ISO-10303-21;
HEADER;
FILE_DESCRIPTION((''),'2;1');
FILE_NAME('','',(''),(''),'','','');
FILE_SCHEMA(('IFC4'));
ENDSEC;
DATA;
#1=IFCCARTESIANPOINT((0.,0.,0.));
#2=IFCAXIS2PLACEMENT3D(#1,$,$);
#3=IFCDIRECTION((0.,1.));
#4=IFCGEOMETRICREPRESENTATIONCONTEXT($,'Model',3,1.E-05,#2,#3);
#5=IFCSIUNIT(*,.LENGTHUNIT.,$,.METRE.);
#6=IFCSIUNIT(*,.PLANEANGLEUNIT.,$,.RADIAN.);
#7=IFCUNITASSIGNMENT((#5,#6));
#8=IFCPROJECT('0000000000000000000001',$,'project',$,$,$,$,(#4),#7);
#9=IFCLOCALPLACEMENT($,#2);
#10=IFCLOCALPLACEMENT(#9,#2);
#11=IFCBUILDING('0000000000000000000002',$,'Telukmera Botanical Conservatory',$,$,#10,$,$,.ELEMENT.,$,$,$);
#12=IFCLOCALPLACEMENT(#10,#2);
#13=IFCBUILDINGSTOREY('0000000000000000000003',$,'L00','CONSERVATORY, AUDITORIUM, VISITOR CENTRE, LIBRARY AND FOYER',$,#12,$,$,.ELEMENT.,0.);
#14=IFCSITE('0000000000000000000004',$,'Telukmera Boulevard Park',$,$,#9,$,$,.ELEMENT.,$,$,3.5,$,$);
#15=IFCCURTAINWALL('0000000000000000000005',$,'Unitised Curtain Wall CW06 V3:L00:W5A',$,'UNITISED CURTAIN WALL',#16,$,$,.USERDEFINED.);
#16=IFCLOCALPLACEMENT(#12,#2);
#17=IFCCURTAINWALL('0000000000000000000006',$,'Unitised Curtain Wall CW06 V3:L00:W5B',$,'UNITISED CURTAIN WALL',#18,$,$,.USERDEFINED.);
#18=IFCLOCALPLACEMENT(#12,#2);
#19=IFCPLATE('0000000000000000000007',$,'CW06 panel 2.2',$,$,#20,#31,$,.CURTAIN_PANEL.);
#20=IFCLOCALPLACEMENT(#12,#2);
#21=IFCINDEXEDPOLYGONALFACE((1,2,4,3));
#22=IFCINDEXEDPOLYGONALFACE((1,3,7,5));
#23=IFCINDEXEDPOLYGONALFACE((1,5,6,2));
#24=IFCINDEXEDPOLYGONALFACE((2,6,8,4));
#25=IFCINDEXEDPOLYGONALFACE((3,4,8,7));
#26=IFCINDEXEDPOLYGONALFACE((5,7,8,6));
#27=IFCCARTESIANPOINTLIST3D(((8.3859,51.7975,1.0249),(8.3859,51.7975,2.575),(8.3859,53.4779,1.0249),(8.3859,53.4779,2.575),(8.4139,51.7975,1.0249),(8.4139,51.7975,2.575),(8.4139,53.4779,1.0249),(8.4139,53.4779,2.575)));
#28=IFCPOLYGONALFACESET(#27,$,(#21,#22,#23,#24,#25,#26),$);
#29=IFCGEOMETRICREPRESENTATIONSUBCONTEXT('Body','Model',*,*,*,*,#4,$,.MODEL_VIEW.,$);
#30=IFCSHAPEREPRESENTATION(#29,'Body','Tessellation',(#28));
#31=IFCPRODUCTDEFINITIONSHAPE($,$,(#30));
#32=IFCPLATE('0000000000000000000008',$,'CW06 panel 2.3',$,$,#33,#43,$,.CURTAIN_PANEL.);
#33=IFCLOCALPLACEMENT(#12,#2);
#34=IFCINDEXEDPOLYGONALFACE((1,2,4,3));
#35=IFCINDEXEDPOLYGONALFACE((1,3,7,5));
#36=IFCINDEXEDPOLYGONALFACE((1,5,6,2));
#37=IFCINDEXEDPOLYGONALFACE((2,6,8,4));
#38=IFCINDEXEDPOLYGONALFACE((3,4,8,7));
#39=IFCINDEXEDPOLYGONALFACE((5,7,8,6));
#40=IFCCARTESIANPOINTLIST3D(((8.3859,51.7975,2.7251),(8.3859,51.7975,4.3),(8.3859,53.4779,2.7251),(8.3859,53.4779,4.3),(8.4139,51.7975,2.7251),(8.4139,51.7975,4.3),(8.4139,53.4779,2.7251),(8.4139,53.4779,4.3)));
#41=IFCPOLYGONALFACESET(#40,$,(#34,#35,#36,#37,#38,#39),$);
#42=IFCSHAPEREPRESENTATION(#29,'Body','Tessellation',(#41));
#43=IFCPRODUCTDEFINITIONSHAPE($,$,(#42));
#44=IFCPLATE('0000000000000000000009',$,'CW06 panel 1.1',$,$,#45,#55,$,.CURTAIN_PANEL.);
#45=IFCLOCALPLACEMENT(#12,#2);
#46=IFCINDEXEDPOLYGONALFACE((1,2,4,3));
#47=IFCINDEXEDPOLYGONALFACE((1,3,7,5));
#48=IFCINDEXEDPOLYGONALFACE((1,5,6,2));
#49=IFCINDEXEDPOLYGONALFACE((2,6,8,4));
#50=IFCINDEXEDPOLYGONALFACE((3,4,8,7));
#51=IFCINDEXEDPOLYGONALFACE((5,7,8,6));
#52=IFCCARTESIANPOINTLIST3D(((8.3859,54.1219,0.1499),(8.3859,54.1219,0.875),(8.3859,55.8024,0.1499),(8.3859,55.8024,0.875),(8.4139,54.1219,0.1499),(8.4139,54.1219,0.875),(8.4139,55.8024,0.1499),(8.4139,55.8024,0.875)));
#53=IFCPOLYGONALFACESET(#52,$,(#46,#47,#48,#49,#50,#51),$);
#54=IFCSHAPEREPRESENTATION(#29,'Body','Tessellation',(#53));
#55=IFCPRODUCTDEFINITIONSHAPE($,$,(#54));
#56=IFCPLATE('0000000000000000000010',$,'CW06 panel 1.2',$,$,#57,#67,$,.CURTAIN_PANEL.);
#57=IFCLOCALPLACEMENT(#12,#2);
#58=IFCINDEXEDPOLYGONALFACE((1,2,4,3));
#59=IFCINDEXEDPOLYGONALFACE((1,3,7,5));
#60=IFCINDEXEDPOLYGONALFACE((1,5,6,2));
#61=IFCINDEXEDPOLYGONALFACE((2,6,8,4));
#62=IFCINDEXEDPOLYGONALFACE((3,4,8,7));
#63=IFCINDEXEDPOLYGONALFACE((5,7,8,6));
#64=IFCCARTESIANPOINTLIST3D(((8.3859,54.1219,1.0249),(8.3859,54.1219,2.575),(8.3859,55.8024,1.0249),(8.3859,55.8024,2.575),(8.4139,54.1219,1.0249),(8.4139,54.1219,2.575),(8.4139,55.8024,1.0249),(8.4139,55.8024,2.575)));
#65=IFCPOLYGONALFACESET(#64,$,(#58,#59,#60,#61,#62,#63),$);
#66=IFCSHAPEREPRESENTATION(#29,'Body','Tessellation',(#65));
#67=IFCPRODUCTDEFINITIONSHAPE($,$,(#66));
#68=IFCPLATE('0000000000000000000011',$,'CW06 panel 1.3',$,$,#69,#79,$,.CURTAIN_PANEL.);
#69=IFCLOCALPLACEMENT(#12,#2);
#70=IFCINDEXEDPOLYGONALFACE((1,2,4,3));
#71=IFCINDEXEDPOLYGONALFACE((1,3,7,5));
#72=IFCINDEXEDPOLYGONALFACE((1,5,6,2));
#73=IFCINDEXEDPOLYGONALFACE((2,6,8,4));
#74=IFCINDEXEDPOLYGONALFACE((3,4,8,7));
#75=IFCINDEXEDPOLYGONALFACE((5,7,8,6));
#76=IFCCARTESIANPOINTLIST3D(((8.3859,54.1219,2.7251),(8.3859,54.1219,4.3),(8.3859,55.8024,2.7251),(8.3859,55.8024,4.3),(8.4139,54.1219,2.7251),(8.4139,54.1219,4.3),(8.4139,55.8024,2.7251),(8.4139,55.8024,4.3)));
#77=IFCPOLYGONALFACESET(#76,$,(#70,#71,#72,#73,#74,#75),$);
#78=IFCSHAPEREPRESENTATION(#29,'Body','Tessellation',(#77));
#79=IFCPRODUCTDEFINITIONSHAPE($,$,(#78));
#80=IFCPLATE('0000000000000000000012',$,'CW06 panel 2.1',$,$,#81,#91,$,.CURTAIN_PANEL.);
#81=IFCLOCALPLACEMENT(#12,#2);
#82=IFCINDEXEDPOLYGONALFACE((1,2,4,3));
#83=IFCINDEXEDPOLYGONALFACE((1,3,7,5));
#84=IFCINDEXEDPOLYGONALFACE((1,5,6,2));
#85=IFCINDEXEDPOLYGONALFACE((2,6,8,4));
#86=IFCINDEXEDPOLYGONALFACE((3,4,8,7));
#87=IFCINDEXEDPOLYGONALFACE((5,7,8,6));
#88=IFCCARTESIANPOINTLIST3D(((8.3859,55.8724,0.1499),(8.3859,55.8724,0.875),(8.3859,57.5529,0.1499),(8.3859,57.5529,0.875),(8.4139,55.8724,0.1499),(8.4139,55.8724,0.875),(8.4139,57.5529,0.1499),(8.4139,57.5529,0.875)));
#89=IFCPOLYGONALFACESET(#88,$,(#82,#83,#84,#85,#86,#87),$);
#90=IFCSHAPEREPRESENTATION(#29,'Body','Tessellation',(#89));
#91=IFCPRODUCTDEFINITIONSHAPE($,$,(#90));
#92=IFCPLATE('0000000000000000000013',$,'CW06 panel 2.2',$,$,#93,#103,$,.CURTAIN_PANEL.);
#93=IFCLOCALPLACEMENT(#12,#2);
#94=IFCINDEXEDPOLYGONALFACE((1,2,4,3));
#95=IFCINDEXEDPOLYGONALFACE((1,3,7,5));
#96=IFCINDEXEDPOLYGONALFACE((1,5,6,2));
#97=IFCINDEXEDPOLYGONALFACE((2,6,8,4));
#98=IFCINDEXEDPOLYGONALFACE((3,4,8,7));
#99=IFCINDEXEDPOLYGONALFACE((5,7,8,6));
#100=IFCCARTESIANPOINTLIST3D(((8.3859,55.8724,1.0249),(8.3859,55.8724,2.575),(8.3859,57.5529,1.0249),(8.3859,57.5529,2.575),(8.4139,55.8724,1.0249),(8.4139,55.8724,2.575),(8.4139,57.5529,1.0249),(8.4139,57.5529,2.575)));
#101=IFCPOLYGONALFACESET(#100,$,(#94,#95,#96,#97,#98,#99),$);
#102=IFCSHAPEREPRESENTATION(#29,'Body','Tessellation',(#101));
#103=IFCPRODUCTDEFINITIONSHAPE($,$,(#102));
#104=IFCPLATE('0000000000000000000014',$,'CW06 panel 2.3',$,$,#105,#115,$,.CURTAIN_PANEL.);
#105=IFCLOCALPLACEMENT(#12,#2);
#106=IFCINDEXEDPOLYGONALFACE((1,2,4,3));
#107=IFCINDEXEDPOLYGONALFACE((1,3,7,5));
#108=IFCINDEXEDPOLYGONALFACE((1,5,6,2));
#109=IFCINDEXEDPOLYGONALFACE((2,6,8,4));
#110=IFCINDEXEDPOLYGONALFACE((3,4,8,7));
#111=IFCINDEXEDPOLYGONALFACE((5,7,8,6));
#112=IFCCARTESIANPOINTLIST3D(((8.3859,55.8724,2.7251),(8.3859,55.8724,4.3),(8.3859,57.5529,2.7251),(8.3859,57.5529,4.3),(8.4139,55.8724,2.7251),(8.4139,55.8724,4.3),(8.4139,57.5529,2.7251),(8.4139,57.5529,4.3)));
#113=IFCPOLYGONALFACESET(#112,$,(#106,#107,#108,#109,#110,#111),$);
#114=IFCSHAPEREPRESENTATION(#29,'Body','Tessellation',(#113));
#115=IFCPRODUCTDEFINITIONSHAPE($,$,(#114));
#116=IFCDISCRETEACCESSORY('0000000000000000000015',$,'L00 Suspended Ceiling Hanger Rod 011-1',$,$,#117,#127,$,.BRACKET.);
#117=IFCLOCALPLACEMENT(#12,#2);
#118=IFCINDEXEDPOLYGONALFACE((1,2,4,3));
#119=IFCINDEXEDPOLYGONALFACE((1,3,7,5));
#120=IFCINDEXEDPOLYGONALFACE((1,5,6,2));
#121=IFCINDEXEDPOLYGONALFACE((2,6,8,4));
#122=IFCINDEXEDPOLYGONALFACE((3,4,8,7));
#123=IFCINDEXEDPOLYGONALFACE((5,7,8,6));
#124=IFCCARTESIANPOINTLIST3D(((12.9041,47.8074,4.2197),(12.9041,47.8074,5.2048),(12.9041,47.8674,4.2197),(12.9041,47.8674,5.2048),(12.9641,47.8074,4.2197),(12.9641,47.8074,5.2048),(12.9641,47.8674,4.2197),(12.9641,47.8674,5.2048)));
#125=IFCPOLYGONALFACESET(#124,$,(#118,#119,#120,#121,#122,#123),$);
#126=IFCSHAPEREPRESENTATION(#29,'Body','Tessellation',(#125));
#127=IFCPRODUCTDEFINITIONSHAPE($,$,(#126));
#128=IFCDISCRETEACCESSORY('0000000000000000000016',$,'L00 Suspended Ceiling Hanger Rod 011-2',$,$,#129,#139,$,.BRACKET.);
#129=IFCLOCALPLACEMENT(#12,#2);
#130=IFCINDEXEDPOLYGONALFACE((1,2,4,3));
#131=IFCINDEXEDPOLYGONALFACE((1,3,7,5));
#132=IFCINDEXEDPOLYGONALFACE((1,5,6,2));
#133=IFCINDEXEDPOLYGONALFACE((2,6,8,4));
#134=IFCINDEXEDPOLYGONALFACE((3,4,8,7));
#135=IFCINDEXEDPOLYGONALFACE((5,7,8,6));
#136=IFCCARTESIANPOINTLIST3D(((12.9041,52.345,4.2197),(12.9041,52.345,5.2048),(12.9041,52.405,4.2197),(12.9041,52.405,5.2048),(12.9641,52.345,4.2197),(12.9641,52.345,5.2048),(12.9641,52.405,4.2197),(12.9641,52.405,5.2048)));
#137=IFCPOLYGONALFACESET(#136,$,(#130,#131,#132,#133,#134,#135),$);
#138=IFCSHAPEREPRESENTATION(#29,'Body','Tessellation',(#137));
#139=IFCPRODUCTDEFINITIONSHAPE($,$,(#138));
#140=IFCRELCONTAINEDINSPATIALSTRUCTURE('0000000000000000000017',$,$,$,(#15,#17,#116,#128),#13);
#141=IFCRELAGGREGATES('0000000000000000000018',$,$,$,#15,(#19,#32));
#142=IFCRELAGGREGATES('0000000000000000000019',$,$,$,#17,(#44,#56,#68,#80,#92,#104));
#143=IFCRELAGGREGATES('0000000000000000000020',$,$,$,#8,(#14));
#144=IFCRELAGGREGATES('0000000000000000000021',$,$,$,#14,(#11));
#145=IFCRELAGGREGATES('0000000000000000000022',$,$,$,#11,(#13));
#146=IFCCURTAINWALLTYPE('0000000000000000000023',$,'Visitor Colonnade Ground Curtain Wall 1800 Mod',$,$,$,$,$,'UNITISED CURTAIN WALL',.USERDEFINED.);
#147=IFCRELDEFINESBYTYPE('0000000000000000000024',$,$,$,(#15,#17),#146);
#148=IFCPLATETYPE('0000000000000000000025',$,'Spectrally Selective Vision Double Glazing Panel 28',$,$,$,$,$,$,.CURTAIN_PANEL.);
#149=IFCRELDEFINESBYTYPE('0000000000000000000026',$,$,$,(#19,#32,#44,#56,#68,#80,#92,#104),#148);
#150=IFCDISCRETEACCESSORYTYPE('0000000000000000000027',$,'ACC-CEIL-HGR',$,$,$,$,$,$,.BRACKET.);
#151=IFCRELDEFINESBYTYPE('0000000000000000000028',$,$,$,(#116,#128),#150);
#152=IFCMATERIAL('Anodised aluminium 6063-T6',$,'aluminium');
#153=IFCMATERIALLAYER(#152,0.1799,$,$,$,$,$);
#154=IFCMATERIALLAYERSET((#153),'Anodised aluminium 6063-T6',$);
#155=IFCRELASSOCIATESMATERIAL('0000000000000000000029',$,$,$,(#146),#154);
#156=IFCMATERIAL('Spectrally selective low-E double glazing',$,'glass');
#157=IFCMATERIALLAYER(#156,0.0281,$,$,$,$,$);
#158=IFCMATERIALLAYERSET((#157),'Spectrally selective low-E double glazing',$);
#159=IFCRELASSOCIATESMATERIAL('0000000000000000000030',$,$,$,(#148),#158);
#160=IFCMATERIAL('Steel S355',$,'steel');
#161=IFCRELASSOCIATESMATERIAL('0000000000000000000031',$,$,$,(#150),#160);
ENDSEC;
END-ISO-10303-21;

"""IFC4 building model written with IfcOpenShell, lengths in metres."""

from ifc_helpers import new_model, si_unit, direction, frame, origin, origin_2d, place, context, subcontext, project, spatial, rectangle, extrude, material, layer, layer_set, type_object, element, aggregate, save


model = new_model("IFC4")

# Units and contexts
model_context = context("Model", 3, precision=1e-05, world=origin(), true_north=direction((0.0, 1.0)))
body_context = subcontext(model_context, "Body", "Model", "MODEL_VIEW")
ifc_project = project(units=[si_unit("LENGTHUNIT", "METRE"), si_unit("PLANEANGLEUNIT", "RADIAN")], contexts=[model_context])

# Site, building, storey
site_placement = place(None, origin())
site = spatial("IfcSite", under=ifc_project, at=site_placement, Name="Telukmera Boulevard Park", CompositionType="ELEMENT", RefElevation=3.5)
building_placement = place(site_placement, origin())
building = spatial("IfcBuilding", under=site, at=building_placement, Name="Telukmera Botanical Conservatory", CompositionType="ELEMENT")
storey_placement = place(building_placement, origin())
storey = spatial("IfcBuildingStorey", under=building, at=storey_placement, Name="L00", Description="CONSERVATORY, AUDITORIUM, VISITOR CENTRE, LIBRARY AND FOYER", CompositionType="ELEMENT", Elevation=0.0)

# Curtain walls
ifc_material_1 = material(Name="Anodised aluminium 6063-T6", Category="aluminium")
ifc_layer_1 = layer(ifc_material_1, 0.1799)
ifc_layer_set_1 = layer_set([ifc_layer_1], Name="Anodised aluminium 6063-T6")
curtain_wall_type = type_object("IfcCurtainWallType", Name="Visitor Colonnade Ground Curtain Wall 1800 Mod", ElementType="UNITISED CURTAIN WALL", PredefinedType="USERDEFINED", material=ifc_layer_set_1)
curtain_wall_1_placement = place(storey_placement, origin())
curtain_wall_1 = element("IfcCurtainWall", 1, at=curtain_wall_1_placement, inside=storey, type_object=curtain_wall_type, Name="Unitised Curtain Wall CW06 V3:L00:W5A", ObjectType="UNITISED CURTAIN WALL", PredefinedType="USERDEFINED")
curtain_wall_2_placement = place(storey_placement, origin())
curtain_wall_2 = element("IfcCurtainWall", 2, at=curtain_wall_2_placement, inside=storey, type_object=curtain_wall_type, Name="Unitised Curtain Wall CW06 V3:L00:W5B", ObjectType="UNITISED CURTAIN WALL", PredefinedType="USERDEFINED")

# Plates
ifc_material_2 = material(Name="Spectrally selective low-E double glazing", Category="glass")
ifc_layer_2 = layer(ifc_material_2, 0.0281)
ifc_layer_set_2 = layer_set([ifc_layer_2], Name="Spectrally selective low-E double glazing")
plate_type = type_object("IfcPlateType", Name="Spectrally Selective Vision Double Glazing Panel 28", PredefinedType="CURTAIN_PANEL", material=ifc_layer_set_2)
plate_1_placement = place(storey_placement, frame((8.3999, 52.6377, 1.0249), z_axis=(0.0, 0.0, 1.0), x_axis=(0.0, 1.0, 0.0)))
plate_1 = element("IfcPlate", 3, at=plate_1_placement, type_object=plate_type, Name="CW06 panel 2.2", PredefinedType="CURTAIN_PANEL", context=body_context, shape_type="SweptSolid", body=[
    extrude(rectangle(XDim=1.6804, YDim=0.0281, at=origin_2d()), origin(), (0.0, 0.0, 1.0), 1.55),
])
plate_2_placement = place(storey_placement, frame((8.3999, 52.6377, 2.7251), z_axis=(0.0, 0.0, 1.0), x_axis=(0.0, 1.0, 0.0)))
plate_2 = element("IfcPlate", 4, at=plate_2_placement, type_object=plate_type, Name="CW06 panel 2.3", PredefinedType="CURTAIN_PANEL", context=body_context, shape_type="SweptSolid", body=[
    extrude(rectangle(XDim=1.6804, YDim=0.0281, at=origin_2d()), origin(), (0.0, 0.0, 1.0), 1.575),
])
aggregate(curtain_wall_1, [plate_1, plate_2])
plate_3_placement = place(storey_placement, frame((8.3999, 54.9622, 0.1499), z_axis=(0.0, 0.0, 1.0), x_axis=(0.0, 1.0, 0.0)))
plate_3 = element("IfcPlate", 5, at=plate_3_placement, type_object=plate_type, Name="CW06 panel 1.1", PredefinedType="CURTAIN_PANEL", context=body_context, shape_type="SweptSolid", body=[
    extrude(rectangle(XDim=1.6804, YDim=0.0281, at=origin_2d()), origin(), (0.0, 0.0, 1.0), 0.7251),
])
plate_4_placement = place(storey_placement, frame((8.3999, 54.9622, 1.0249), z_axis=(0.0, 0.0, 1.0), x_axis=(0.0, 1.0, 0.0)))
plate_4 = element("IfcPlate", 6, at=plate_4_placement, type_object=plate_type, Name="CW06 panel 1.2", PredefinedType="CURTAIN_PANEL", context=body_context, shape_type="SweptSolid", body=[
    extrude(rectangle(XDim=1.6804, YDim=0.0281, at=origin_2d()), origin(), (0.0, 0.0, 1.0), 1.55),
])
plate_5_placement = place(storey_placement, frame((8.3999, 54.9622, 2.7251), z_axis=(0.0, 0.0, 1.0), x_axis=(0.0, 1.0, 0.0)))
plate_5 = element("IfcPlate", 7, at=plate_5_placement, type_object=plate_type, Name="CW06 panel 1.3", PredefinedType="CURTAIN_PANEL", context=body_context, shape_type="SweptSolid", body=[
    extrude(rectangle(XDim=1.6804, YDim=0.0281, at=origin_2d()), origin(), (0.0, 0.0, 1.0), 1.575),
])
plate_6_placement = place(storey_placement, frame((8.3999, 56.7126, 0.1499), z_axis=(0.0, 0.0, 1.0), x_axis=(0.0, 1.0, 0.0)))
plate_6 = element("IfcPlate", 8, at=plate_6_placement, type_object=plate_type, Name="CW06 panel 2.1", PredefinedType="CURTAIN_PANEL", context=body_context, shape_type="SweptSolid", body=[
    extrude(rectangle(XDim=1.6804, YDim=0.0281, at=origin_2d()), origin(), (0.0, 0.0, 1.0), 0.7251),
])
plate_7_placement = place(storey_placement, frame((8.3999, 56.7126, 1.0249), z_axis=(0.0, 0.0, 1.0), x_axis=(0.0, 1.0, 0.0)))
plate_7 = element("IfcPlate", 9, at=plate_7_placement, type_object=plate_type, Name="CW06 panel 2.2", PredefinedType="CURTAIN_PANEL", context=body_context, shape_type="SweptSolid", body=[
    extrude(rectangle(XDim=1.6804, YDim=0.0281, at=origin_2d()), origin(), (0.0, 0.0, 1.0), 1.55),
])
plate_8_placement = place(storey_placement, frame((8.3999, 56.7126, 2.7251), z_axis=(0.0, 0.0, 1.0), x_axis=(0.0, 1.0, 0.0)))
plate_8 = element("IfcPlate", 10, at=plate_8_placement, type_object=plate_type, Name="CW06 panel 2.3", PredefinedType="CURTAIN_PANEL", context=body_context, shape_type="SweptSolid", body=[
    extrude(rectangle(XDim=1.6804, YDim=0.0281, at=origin_2d()), origin(), (0.0, 0.0, 1.0), 1.575),
])
aggregate(curtain_wall_2, [plate_3, plate_4, plate_5, plate_6, plate_7, plate_8])

# Discrete accessories
ifc_material_3 = material(Name="Steel S355", Category="steel")
discrete_accessory_type = type_object("IfcDiscreteAccessoryType", Name="ACC-CEIL-HGR", PredefinedType="BRACKET", material=ifc_material_3)
for number, where, z_axis, x_axis, name in (
    (11, (12.9341, 47.8374, 4.2197), (0.0, 0.0, 1.0), (1.0, 0.0, 0.0), "L00 Suspended Ceiling Hanger Rod 011-1"),
    (12, (12.9341, 52.375, 4.2197), (0.0, 0.0, 1.0), (1.0, 0.0, 0.0), "L00 Suspended Ceiling Hanger Rod 011-2"),
):
    element("IfcDiscreteAccessory", number, at=place(storey_placement, frame(where, z_axis=z_axis, x_axis=x_axis)), inside=storey, type_object=discrete_accessory_type, Name=name, PredefinedType="BRACKET", context=body_context, shape_type="SweptSolid", body=[
        extrude(rectangle(XDim=0.0601, YDim=0.0601, at=origin_2d()), origin(), (0.0, 0.0, 1.0), 0.9851),
    ])

save(model, "model.ifc")
